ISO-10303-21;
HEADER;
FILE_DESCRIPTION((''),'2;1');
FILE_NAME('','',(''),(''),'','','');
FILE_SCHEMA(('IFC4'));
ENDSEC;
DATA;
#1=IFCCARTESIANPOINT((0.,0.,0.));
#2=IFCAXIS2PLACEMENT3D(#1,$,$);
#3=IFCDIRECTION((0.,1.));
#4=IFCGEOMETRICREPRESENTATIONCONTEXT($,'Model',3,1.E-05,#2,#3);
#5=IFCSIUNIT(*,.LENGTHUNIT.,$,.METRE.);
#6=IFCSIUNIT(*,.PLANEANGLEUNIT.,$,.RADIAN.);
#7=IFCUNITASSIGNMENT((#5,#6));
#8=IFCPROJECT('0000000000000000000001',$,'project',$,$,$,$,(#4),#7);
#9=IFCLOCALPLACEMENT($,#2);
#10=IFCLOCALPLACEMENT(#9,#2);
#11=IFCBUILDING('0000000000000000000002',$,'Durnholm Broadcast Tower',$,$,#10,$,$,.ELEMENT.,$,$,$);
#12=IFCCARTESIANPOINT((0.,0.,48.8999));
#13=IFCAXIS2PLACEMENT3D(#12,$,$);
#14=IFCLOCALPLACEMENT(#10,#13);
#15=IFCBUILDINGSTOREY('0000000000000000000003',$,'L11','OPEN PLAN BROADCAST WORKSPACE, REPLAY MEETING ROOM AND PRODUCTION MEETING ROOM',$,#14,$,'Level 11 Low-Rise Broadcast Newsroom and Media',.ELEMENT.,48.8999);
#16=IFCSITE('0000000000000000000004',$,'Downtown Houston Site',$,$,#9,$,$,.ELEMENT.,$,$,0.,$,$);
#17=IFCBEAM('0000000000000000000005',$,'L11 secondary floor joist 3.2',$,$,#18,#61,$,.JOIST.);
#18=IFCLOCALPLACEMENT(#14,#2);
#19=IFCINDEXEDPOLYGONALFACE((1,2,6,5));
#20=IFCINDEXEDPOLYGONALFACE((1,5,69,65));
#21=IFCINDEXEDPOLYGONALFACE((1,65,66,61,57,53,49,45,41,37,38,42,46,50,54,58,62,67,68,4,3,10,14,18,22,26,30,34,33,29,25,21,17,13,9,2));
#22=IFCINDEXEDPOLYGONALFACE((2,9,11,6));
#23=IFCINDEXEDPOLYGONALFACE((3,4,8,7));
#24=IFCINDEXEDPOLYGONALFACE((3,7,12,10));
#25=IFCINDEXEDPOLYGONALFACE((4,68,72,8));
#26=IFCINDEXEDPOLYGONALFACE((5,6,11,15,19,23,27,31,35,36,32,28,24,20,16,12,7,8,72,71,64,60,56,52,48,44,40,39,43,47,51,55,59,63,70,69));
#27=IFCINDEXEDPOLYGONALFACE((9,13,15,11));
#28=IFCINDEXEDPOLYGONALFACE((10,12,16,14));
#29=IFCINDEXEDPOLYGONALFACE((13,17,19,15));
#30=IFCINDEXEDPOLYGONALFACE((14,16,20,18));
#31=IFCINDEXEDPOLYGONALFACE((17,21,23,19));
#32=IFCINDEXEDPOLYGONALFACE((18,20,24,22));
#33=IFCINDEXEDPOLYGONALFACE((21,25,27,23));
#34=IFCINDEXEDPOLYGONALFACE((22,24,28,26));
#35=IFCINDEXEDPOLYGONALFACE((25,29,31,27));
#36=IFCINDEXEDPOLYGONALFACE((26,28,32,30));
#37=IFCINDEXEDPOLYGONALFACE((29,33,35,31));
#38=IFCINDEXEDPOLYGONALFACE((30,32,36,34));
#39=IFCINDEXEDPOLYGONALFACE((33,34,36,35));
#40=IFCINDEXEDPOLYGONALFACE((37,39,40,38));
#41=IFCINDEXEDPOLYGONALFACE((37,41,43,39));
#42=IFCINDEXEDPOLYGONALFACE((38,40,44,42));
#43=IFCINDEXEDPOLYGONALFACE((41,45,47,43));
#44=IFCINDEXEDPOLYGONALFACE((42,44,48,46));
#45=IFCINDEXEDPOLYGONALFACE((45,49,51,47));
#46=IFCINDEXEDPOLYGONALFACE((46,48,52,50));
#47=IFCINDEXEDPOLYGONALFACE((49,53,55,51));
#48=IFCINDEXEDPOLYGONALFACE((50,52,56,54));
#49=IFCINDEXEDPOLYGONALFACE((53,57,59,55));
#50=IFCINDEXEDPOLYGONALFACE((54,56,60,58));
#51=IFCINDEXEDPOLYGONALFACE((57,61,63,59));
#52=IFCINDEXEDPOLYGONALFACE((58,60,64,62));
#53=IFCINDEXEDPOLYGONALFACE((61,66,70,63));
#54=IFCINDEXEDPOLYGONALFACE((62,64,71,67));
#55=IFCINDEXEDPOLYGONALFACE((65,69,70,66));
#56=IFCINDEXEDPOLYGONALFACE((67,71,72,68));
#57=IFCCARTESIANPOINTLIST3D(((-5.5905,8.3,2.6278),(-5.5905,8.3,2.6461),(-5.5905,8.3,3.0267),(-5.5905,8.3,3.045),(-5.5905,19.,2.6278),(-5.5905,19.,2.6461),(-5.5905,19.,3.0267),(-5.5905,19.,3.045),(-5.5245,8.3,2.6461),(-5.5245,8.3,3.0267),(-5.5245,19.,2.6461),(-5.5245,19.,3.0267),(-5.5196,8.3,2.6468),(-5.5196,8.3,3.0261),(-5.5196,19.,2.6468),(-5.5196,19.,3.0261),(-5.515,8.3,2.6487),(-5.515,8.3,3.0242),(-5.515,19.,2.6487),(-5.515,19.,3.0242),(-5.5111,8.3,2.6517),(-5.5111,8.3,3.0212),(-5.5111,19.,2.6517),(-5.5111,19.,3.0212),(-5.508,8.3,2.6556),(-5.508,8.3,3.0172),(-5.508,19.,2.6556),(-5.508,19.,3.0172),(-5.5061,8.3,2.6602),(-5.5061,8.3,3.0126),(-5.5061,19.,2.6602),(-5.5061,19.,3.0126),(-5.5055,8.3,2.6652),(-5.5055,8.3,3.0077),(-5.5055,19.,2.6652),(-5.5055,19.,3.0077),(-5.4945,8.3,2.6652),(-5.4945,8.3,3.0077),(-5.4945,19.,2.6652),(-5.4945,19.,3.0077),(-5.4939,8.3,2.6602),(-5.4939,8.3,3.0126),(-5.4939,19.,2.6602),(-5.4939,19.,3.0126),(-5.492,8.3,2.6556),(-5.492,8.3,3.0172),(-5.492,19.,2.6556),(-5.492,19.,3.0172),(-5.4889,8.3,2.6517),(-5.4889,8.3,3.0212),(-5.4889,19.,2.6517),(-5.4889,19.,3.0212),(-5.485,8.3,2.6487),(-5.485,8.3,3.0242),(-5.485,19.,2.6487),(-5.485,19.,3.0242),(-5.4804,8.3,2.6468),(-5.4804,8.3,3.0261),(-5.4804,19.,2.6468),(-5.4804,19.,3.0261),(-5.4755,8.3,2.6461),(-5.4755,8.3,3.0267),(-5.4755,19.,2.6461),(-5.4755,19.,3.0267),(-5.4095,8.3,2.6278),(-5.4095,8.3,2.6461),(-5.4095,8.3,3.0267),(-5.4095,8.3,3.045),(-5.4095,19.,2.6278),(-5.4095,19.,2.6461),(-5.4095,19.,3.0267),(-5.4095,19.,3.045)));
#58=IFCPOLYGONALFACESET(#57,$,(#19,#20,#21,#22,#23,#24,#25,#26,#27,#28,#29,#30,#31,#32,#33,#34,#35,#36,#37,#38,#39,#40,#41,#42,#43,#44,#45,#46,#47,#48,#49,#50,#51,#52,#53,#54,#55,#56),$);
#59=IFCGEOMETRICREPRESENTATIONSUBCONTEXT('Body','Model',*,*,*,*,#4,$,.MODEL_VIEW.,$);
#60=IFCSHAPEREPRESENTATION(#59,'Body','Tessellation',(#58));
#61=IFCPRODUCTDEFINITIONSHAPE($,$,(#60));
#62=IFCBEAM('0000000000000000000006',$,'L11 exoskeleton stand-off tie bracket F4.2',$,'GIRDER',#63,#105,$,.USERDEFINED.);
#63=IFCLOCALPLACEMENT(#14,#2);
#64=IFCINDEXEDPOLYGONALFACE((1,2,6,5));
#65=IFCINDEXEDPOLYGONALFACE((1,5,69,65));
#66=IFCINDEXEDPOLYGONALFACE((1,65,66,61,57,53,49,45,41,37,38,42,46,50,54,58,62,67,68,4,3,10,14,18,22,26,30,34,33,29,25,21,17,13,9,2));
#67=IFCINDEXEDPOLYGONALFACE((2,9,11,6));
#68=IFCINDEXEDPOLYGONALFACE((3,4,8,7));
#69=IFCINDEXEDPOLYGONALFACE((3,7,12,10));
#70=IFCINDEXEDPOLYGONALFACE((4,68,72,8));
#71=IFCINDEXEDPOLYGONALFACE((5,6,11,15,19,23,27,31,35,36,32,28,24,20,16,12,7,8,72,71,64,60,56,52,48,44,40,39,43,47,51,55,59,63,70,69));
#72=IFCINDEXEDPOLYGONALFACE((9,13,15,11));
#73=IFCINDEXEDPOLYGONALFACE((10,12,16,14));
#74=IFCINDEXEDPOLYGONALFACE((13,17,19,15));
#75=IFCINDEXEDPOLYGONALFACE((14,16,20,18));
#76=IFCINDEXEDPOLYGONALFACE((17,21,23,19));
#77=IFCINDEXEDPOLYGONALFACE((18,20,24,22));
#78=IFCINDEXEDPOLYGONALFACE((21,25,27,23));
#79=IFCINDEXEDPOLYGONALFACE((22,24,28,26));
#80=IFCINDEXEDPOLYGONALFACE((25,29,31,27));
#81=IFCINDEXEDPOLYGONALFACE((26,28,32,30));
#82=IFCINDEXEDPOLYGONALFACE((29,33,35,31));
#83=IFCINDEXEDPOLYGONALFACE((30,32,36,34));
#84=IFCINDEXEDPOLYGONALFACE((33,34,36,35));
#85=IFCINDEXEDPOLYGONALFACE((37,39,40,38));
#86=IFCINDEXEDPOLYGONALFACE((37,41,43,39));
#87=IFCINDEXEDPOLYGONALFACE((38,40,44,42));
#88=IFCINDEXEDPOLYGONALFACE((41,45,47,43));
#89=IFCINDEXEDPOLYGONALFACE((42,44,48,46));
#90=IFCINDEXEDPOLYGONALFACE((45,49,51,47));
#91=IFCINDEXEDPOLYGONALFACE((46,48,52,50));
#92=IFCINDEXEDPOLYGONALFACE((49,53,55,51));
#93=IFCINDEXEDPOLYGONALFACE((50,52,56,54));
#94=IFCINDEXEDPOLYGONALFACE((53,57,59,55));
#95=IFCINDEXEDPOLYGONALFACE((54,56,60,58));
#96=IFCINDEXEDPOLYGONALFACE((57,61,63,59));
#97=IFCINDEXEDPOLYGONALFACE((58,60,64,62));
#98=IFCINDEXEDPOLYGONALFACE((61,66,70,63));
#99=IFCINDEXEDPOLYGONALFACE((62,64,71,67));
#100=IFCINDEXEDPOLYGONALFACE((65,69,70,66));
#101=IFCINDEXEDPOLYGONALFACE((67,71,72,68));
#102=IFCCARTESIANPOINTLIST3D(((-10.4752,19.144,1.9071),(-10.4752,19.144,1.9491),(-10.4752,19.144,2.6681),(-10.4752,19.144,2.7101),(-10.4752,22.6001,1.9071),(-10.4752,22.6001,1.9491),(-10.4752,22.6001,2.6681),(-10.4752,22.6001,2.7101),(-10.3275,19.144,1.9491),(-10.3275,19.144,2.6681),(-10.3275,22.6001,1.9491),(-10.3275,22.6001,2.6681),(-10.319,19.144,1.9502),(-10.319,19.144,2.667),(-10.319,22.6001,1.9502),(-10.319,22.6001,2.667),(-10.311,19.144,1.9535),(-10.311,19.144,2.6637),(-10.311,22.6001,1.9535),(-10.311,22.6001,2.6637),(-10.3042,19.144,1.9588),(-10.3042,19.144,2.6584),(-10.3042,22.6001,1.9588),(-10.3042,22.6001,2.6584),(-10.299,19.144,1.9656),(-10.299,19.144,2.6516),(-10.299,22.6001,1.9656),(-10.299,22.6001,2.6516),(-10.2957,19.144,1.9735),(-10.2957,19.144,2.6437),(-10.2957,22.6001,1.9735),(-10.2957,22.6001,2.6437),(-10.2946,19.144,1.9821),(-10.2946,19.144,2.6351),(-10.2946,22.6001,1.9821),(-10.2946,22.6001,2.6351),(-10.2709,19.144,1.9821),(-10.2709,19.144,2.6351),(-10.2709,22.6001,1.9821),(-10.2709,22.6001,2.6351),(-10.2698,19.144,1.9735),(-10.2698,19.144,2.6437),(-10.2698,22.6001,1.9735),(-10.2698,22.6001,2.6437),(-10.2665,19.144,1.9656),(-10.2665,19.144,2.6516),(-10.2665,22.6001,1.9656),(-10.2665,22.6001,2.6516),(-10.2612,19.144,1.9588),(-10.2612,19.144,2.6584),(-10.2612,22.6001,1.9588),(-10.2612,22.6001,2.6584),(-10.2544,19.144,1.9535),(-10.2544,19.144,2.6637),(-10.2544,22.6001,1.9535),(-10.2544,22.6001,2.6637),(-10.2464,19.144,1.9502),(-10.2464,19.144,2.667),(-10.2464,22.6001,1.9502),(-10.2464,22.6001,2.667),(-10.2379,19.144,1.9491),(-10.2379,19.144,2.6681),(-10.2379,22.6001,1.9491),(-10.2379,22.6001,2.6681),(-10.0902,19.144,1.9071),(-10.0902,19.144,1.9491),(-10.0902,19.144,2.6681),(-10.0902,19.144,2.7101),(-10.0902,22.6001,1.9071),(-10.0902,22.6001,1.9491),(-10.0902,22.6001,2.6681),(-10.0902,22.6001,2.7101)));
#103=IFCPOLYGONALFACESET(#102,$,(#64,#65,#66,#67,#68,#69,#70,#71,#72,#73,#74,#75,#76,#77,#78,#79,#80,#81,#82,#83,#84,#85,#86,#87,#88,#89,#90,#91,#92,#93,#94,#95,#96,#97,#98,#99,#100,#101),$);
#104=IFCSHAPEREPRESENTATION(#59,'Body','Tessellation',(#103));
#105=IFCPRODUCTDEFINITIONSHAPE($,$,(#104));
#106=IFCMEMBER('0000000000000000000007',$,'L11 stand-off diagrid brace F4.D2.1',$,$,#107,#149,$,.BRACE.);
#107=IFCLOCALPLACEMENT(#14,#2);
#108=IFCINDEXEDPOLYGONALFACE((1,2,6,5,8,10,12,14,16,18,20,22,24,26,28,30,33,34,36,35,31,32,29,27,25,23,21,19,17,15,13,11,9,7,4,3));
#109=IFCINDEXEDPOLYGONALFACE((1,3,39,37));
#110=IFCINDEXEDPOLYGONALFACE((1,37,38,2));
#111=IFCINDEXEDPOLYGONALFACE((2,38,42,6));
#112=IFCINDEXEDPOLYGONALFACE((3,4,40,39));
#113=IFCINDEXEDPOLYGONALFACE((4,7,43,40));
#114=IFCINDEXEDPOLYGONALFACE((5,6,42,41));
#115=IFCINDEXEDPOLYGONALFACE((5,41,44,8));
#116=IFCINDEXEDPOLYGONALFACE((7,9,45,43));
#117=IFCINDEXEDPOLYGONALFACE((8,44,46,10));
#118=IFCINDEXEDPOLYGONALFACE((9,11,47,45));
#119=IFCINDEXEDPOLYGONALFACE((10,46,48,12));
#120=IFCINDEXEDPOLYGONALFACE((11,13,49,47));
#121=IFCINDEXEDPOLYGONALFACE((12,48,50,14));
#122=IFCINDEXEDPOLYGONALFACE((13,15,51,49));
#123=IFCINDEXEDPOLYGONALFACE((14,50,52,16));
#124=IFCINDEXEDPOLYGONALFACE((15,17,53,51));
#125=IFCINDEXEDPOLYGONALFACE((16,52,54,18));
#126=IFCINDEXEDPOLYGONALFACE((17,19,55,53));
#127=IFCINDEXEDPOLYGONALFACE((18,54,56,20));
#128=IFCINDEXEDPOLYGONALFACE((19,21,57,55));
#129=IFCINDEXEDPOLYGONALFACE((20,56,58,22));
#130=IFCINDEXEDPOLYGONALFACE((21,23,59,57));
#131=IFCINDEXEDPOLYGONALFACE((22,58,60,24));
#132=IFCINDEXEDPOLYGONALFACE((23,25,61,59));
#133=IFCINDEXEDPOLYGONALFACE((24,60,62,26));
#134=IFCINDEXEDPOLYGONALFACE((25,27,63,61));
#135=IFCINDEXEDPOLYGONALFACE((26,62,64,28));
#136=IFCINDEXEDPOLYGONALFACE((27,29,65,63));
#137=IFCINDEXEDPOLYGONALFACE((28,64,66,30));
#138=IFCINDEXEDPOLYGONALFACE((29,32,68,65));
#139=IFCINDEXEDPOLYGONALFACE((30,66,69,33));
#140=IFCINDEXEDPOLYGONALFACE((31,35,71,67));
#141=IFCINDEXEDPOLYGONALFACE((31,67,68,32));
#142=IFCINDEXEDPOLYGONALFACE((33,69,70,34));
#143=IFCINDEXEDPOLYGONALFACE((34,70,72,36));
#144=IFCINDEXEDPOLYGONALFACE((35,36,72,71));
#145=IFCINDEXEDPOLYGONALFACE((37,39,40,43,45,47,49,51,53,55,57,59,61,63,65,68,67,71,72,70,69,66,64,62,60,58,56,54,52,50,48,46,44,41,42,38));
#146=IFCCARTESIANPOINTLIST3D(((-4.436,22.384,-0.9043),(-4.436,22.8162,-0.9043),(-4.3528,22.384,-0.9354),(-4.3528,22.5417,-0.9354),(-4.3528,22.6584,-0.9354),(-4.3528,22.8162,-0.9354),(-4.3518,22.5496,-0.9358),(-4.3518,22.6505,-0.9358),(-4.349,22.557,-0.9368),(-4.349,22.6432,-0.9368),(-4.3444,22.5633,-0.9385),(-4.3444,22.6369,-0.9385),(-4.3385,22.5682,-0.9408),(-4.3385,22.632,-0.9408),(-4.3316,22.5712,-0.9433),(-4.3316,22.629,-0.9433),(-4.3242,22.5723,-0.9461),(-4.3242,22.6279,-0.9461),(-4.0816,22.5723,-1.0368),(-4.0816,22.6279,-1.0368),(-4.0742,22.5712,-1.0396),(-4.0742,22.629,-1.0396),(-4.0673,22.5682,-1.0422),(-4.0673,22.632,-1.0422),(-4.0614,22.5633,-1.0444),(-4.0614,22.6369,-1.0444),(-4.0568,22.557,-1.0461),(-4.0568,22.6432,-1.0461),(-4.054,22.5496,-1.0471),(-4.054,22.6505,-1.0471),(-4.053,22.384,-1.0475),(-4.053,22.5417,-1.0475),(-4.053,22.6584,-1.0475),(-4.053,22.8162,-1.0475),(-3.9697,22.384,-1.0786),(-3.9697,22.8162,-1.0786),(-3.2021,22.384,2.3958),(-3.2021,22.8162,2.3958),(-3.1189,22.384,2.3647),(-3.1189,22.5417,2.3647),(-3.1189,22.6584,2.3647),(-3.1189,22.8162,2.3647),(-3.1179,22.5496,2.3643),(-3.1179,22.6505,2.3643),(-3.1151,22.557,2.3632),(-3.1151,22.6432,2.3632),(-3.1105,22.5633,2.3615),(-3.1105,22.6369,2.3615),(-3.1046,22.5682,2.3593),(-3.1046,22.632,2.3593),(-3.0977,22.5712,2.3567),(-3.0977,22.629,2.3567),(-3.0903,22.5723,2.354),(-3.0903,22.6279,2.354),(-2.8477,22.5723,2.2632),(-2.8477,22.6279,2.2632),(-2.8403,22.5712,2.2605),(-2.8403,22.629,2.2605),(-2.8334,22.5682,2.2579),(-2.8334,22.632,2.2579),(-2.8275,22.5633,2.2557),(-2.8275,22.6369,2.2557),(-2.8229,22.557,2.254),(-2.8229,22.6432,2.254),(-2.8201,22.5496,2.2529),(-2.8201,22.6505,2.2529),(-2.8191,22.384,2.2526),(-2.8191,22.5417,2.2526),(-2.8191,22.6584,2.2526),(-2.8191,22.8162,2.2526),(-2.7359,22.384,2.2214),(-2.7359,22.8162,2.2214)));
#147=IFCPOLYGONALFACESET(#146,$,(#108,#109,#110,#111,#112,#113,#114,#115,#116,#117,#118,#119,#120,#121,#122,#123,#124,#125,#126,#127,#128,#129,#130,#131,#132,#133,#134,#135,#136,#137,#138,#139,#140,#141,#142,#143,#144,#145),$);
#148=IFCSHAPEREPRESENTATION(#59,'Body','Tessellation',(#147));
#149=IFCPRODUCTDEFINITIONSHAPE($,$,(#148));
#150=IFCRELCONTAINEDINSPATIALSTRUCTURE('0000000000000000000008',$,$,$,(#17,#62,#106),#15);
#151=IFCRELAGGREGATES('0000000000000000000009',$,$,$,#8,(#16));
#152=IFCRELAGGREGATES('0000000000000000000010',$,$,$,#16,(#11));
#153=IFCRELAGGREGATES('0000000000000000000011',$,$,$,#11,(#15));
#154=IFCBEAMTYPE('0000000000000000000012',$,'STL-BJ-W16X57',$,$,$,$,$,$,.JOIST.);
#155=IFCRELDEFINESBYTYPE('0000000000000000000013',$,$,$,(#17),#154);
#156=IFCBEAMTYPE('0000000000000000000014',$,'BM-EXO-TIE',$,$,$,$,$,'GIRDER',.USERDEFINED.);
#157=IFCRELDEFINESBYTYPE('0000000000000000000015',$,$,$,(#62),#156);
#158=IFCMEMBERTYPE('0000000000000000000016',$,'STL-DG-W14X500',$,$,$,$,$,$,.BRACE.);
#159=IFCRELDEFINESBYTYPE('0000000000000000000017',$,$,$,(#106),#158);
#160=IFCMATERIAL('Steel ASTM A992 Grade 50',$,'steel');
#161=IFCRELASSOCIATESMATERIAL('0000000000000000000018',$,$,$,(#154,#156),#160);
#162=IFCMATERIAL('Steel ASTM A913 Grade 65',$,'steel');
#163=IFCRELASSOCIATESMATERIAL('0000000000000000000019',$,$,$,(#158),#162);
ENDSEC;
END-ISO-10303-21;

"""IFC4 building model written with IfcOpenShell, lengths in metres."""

from ifc_helpers import new_model, si_unit, direction, frame, origin, origin_2d, place, context, subcontext, project, spatial, i_section, extrude, source, transform, mapped, material, material_profile, profile_set, type_object, type_shapes, element, save


model = new_model("IFC4")

# Units and contexts
model_context = context("Model", 3, precision=1e-05, world=origin(), true_north=direction((0.0, 1.0)))
body_context = subcontext(model_context, "Body", "Model", "MODEL_VIEW")
ifc_project = project(units=[si_unit("LENGTHUNIT", "METRE"), si_unit("PLANEANGLEUNIT", "RADIAN")], contexts=[model_context])

# Site, building, storey
site_placement = place(None, origin())
site = spatial("IfcSite", under=ifc_project, at=site_placement, Name="Downtown Houston Site", CompositionType="ELEMENT", RefElevation=0.0)
building_placement = place(site_placement, origin())
building = spatial("IfcBuilding", under=site, at=building_placement, Name="Durnholm Broadcast Tower", CompositionType="ELEMENT")
storey_placement = place(building_placement, frame((0.0, 0.0, 48.8999)))
storey = spatial("IfcBuildingStorey", under=building, at=storey_placement, Name="L11", Description="OPEN PLAN BROADCAST WORKSPACE, REPLAY MEETING ROOM AND PRODUCTION MEETING ROOM", LongName="Level 11 Low-Rise Broadcast Newsroom and Media", CompositionType="ELEMENT", Elevation=48.8999)

# Beams
ifc_material_1 = material(Name="Steel ASTM A992 Grade 50", Category="steel")
ifc_material_profile_1 = material_profile(ifc_material_1, i_section(OverallWidth=0.1809, OverallDepth=0.4172, WebThickness=0.011, FlangeThickness=0.0183, FilletRadius=0.019, at=origin_2d()), Name="W16X57")
ifc_profile_set_1 = profile_set([ifc_material_profile_1], Name="Steel ASTM A992 Grade 50")
beam_type_1 = type_object("IfcBeamType", Name="STL-BJ-W16X57", PredefinedType="JOIST", material=ifc_profile_set_1)
shared_shape_1 = source(origin(), body_context, "Body", "SweptSolid", [
    extrude(i_section(OverallWidth=0.1809, OverallDepth=0.4172, WebThickness=0.011, FlangeThickness=0.0183, FilletRadius=0.019, at=origin_2d()), origin(), (0.0, 0.0, 1.0), 10.7),
])
type_shapes(beam_type_1, [shared_shape_1])
beam_1_placement = place(storey_placement, frame((-5.5, 8.3, 2.8364), z_axis=(0.0, 1.0, 0.0), x_axis=(-1.0, 0.0, 0.0)))
element("IfcBeam", 1, at=beam_1_placement, inside=storey, type_object=beam_type_1, Name="L11 secondary floor joist 3.2", PredefinedType="JOIST", context=body_context, shape_type="MappedRepresentation", body=[
    mapped(shared_shape_1, transform((0.0, 0.0, 0.0), x_axis=(1.0, 0.0, 0.0), y_axis=(0.0, 1.0, 0.0), z_axis=(0.0, 0.0, 1.0), scale=1.0)),
])
ifc_material_profile_2 = material_profile(ifc_material_1, i_section(OverallWidth=0.385, OverallDepth=0.803, WebThickness=0.0237, FlangeThickness=0.042, FilletRadius=0.033, at=origin_2d()), Name="W30X261")
ifc_profile_set_2 = profile_set([ifc_material_profile_2], Name="Steel ASTM A992 Grade 50")
beam_type_2 = type_object("IfcBeamType", Name="BM-EXO-TIE", ElementType="GIRDER", PredefinedType="USERDEFINED", material=ifc_profile_set_2)
shared_shape_2 = source(origin(), body_context, "Body", "SweptSolid", [
    extrude(i_section(OverallWidth=0.385, OverallDepth=0.803, WebThickness=0.0237, FlangeThickness=0.042, FilletRadius=0.033, at=origin_2d()), origin(), (0.0, 0.0, 1.0), 3.4561),
])
type_shapes(beam_type_2, [shared_shape_2])
beam_2_placement = place(storey_placement, frame((-10.2827, 19.144, 2.3086), z_axis=(0.0, 1.0, 0.0), x_axis=(-1.0, 0.0, 0.0)))
element("IfcBeam", 2, at=beam_2_placement, inside=storey, type_object=beam_type_2, Name="L11 exoskeleton stand-off tie bracket F4.2", ObjectType="GIRDER", PredefinedType="USERDEFINED", context=body_context, shape_type="MappedRepresentation", body=[
    mapped(shared_shape_2, transform((0.0, 0.0, 0.0), x_axis=(1.0, 0.0, 0.0), y_axis=(0.0, 1.0, 0.0), z_axis=(0.0, 0.0, 1.0), scale=1.0)),
])

# Member
ifc_material_2 = material(Name="Steel ASTM A913 Grade 65", Category="steel")
ifc_material_profile_3 = material_profile(ifc_material_2, i_section(OverallWidth=0.4321, OverallDepth=0.4978, WebThickness=0.0557, FlangeThickness=0.0889, FilletRadius=0.0305, at=origin_2d()), Name="W14X500")
ifc_profile_set_3 = profile_set([ifc_material_profile_3], Name="Steel ASTM A913 Grade 65")
member_type_1 = type_object("IfcMemberType", Name="STL-DG-W14X500", PredefinedType="BRACE", material=ifc_profile_set_3)
shared_shape_3 = source(origin(), body_context, "Body", "SweptSolid", [
    extrude(i_section(OverallWidth=0.4321, OverallDepth=0.4978, WebThickness=0.0557, FlangeThickness=0.0889, FilletRadius=0.0305, at=origin_2d()), origin(), (0.0, 0.0, 1.0), 3.5232),
])
type_shapes(member_type_1, [shared_shape_3])
for number, where, z_axis, x_axis, name in (
    (3, (-4.2029, 22.6001, -0.9915), (0.35022, 0.0, 0.936668), (0.0, 1.0, 0.0), "L11 stand-off diagrid brace F4.D2.1"),
):
    element("IfcMember", number, at=place(storey_placement, frame(where, z_axis=z_axis, x_axis=x_axis)), inside=storey, type_object=member_type_1, Name=name, PredefinedType="BRACE", context=body_context, shape_type="MappedRepresentation", body=[
        mapped(shared_shape_3, transform((0.0, 0.0, 0.0), x_axis=(1.0, 0.0, 0.0), y_axis=(0.0, 1.0, 0.0), z_axis=(0.0, 0.0, 1.0), scale=1.0)),
    ])

save(model, "model.ifc")
